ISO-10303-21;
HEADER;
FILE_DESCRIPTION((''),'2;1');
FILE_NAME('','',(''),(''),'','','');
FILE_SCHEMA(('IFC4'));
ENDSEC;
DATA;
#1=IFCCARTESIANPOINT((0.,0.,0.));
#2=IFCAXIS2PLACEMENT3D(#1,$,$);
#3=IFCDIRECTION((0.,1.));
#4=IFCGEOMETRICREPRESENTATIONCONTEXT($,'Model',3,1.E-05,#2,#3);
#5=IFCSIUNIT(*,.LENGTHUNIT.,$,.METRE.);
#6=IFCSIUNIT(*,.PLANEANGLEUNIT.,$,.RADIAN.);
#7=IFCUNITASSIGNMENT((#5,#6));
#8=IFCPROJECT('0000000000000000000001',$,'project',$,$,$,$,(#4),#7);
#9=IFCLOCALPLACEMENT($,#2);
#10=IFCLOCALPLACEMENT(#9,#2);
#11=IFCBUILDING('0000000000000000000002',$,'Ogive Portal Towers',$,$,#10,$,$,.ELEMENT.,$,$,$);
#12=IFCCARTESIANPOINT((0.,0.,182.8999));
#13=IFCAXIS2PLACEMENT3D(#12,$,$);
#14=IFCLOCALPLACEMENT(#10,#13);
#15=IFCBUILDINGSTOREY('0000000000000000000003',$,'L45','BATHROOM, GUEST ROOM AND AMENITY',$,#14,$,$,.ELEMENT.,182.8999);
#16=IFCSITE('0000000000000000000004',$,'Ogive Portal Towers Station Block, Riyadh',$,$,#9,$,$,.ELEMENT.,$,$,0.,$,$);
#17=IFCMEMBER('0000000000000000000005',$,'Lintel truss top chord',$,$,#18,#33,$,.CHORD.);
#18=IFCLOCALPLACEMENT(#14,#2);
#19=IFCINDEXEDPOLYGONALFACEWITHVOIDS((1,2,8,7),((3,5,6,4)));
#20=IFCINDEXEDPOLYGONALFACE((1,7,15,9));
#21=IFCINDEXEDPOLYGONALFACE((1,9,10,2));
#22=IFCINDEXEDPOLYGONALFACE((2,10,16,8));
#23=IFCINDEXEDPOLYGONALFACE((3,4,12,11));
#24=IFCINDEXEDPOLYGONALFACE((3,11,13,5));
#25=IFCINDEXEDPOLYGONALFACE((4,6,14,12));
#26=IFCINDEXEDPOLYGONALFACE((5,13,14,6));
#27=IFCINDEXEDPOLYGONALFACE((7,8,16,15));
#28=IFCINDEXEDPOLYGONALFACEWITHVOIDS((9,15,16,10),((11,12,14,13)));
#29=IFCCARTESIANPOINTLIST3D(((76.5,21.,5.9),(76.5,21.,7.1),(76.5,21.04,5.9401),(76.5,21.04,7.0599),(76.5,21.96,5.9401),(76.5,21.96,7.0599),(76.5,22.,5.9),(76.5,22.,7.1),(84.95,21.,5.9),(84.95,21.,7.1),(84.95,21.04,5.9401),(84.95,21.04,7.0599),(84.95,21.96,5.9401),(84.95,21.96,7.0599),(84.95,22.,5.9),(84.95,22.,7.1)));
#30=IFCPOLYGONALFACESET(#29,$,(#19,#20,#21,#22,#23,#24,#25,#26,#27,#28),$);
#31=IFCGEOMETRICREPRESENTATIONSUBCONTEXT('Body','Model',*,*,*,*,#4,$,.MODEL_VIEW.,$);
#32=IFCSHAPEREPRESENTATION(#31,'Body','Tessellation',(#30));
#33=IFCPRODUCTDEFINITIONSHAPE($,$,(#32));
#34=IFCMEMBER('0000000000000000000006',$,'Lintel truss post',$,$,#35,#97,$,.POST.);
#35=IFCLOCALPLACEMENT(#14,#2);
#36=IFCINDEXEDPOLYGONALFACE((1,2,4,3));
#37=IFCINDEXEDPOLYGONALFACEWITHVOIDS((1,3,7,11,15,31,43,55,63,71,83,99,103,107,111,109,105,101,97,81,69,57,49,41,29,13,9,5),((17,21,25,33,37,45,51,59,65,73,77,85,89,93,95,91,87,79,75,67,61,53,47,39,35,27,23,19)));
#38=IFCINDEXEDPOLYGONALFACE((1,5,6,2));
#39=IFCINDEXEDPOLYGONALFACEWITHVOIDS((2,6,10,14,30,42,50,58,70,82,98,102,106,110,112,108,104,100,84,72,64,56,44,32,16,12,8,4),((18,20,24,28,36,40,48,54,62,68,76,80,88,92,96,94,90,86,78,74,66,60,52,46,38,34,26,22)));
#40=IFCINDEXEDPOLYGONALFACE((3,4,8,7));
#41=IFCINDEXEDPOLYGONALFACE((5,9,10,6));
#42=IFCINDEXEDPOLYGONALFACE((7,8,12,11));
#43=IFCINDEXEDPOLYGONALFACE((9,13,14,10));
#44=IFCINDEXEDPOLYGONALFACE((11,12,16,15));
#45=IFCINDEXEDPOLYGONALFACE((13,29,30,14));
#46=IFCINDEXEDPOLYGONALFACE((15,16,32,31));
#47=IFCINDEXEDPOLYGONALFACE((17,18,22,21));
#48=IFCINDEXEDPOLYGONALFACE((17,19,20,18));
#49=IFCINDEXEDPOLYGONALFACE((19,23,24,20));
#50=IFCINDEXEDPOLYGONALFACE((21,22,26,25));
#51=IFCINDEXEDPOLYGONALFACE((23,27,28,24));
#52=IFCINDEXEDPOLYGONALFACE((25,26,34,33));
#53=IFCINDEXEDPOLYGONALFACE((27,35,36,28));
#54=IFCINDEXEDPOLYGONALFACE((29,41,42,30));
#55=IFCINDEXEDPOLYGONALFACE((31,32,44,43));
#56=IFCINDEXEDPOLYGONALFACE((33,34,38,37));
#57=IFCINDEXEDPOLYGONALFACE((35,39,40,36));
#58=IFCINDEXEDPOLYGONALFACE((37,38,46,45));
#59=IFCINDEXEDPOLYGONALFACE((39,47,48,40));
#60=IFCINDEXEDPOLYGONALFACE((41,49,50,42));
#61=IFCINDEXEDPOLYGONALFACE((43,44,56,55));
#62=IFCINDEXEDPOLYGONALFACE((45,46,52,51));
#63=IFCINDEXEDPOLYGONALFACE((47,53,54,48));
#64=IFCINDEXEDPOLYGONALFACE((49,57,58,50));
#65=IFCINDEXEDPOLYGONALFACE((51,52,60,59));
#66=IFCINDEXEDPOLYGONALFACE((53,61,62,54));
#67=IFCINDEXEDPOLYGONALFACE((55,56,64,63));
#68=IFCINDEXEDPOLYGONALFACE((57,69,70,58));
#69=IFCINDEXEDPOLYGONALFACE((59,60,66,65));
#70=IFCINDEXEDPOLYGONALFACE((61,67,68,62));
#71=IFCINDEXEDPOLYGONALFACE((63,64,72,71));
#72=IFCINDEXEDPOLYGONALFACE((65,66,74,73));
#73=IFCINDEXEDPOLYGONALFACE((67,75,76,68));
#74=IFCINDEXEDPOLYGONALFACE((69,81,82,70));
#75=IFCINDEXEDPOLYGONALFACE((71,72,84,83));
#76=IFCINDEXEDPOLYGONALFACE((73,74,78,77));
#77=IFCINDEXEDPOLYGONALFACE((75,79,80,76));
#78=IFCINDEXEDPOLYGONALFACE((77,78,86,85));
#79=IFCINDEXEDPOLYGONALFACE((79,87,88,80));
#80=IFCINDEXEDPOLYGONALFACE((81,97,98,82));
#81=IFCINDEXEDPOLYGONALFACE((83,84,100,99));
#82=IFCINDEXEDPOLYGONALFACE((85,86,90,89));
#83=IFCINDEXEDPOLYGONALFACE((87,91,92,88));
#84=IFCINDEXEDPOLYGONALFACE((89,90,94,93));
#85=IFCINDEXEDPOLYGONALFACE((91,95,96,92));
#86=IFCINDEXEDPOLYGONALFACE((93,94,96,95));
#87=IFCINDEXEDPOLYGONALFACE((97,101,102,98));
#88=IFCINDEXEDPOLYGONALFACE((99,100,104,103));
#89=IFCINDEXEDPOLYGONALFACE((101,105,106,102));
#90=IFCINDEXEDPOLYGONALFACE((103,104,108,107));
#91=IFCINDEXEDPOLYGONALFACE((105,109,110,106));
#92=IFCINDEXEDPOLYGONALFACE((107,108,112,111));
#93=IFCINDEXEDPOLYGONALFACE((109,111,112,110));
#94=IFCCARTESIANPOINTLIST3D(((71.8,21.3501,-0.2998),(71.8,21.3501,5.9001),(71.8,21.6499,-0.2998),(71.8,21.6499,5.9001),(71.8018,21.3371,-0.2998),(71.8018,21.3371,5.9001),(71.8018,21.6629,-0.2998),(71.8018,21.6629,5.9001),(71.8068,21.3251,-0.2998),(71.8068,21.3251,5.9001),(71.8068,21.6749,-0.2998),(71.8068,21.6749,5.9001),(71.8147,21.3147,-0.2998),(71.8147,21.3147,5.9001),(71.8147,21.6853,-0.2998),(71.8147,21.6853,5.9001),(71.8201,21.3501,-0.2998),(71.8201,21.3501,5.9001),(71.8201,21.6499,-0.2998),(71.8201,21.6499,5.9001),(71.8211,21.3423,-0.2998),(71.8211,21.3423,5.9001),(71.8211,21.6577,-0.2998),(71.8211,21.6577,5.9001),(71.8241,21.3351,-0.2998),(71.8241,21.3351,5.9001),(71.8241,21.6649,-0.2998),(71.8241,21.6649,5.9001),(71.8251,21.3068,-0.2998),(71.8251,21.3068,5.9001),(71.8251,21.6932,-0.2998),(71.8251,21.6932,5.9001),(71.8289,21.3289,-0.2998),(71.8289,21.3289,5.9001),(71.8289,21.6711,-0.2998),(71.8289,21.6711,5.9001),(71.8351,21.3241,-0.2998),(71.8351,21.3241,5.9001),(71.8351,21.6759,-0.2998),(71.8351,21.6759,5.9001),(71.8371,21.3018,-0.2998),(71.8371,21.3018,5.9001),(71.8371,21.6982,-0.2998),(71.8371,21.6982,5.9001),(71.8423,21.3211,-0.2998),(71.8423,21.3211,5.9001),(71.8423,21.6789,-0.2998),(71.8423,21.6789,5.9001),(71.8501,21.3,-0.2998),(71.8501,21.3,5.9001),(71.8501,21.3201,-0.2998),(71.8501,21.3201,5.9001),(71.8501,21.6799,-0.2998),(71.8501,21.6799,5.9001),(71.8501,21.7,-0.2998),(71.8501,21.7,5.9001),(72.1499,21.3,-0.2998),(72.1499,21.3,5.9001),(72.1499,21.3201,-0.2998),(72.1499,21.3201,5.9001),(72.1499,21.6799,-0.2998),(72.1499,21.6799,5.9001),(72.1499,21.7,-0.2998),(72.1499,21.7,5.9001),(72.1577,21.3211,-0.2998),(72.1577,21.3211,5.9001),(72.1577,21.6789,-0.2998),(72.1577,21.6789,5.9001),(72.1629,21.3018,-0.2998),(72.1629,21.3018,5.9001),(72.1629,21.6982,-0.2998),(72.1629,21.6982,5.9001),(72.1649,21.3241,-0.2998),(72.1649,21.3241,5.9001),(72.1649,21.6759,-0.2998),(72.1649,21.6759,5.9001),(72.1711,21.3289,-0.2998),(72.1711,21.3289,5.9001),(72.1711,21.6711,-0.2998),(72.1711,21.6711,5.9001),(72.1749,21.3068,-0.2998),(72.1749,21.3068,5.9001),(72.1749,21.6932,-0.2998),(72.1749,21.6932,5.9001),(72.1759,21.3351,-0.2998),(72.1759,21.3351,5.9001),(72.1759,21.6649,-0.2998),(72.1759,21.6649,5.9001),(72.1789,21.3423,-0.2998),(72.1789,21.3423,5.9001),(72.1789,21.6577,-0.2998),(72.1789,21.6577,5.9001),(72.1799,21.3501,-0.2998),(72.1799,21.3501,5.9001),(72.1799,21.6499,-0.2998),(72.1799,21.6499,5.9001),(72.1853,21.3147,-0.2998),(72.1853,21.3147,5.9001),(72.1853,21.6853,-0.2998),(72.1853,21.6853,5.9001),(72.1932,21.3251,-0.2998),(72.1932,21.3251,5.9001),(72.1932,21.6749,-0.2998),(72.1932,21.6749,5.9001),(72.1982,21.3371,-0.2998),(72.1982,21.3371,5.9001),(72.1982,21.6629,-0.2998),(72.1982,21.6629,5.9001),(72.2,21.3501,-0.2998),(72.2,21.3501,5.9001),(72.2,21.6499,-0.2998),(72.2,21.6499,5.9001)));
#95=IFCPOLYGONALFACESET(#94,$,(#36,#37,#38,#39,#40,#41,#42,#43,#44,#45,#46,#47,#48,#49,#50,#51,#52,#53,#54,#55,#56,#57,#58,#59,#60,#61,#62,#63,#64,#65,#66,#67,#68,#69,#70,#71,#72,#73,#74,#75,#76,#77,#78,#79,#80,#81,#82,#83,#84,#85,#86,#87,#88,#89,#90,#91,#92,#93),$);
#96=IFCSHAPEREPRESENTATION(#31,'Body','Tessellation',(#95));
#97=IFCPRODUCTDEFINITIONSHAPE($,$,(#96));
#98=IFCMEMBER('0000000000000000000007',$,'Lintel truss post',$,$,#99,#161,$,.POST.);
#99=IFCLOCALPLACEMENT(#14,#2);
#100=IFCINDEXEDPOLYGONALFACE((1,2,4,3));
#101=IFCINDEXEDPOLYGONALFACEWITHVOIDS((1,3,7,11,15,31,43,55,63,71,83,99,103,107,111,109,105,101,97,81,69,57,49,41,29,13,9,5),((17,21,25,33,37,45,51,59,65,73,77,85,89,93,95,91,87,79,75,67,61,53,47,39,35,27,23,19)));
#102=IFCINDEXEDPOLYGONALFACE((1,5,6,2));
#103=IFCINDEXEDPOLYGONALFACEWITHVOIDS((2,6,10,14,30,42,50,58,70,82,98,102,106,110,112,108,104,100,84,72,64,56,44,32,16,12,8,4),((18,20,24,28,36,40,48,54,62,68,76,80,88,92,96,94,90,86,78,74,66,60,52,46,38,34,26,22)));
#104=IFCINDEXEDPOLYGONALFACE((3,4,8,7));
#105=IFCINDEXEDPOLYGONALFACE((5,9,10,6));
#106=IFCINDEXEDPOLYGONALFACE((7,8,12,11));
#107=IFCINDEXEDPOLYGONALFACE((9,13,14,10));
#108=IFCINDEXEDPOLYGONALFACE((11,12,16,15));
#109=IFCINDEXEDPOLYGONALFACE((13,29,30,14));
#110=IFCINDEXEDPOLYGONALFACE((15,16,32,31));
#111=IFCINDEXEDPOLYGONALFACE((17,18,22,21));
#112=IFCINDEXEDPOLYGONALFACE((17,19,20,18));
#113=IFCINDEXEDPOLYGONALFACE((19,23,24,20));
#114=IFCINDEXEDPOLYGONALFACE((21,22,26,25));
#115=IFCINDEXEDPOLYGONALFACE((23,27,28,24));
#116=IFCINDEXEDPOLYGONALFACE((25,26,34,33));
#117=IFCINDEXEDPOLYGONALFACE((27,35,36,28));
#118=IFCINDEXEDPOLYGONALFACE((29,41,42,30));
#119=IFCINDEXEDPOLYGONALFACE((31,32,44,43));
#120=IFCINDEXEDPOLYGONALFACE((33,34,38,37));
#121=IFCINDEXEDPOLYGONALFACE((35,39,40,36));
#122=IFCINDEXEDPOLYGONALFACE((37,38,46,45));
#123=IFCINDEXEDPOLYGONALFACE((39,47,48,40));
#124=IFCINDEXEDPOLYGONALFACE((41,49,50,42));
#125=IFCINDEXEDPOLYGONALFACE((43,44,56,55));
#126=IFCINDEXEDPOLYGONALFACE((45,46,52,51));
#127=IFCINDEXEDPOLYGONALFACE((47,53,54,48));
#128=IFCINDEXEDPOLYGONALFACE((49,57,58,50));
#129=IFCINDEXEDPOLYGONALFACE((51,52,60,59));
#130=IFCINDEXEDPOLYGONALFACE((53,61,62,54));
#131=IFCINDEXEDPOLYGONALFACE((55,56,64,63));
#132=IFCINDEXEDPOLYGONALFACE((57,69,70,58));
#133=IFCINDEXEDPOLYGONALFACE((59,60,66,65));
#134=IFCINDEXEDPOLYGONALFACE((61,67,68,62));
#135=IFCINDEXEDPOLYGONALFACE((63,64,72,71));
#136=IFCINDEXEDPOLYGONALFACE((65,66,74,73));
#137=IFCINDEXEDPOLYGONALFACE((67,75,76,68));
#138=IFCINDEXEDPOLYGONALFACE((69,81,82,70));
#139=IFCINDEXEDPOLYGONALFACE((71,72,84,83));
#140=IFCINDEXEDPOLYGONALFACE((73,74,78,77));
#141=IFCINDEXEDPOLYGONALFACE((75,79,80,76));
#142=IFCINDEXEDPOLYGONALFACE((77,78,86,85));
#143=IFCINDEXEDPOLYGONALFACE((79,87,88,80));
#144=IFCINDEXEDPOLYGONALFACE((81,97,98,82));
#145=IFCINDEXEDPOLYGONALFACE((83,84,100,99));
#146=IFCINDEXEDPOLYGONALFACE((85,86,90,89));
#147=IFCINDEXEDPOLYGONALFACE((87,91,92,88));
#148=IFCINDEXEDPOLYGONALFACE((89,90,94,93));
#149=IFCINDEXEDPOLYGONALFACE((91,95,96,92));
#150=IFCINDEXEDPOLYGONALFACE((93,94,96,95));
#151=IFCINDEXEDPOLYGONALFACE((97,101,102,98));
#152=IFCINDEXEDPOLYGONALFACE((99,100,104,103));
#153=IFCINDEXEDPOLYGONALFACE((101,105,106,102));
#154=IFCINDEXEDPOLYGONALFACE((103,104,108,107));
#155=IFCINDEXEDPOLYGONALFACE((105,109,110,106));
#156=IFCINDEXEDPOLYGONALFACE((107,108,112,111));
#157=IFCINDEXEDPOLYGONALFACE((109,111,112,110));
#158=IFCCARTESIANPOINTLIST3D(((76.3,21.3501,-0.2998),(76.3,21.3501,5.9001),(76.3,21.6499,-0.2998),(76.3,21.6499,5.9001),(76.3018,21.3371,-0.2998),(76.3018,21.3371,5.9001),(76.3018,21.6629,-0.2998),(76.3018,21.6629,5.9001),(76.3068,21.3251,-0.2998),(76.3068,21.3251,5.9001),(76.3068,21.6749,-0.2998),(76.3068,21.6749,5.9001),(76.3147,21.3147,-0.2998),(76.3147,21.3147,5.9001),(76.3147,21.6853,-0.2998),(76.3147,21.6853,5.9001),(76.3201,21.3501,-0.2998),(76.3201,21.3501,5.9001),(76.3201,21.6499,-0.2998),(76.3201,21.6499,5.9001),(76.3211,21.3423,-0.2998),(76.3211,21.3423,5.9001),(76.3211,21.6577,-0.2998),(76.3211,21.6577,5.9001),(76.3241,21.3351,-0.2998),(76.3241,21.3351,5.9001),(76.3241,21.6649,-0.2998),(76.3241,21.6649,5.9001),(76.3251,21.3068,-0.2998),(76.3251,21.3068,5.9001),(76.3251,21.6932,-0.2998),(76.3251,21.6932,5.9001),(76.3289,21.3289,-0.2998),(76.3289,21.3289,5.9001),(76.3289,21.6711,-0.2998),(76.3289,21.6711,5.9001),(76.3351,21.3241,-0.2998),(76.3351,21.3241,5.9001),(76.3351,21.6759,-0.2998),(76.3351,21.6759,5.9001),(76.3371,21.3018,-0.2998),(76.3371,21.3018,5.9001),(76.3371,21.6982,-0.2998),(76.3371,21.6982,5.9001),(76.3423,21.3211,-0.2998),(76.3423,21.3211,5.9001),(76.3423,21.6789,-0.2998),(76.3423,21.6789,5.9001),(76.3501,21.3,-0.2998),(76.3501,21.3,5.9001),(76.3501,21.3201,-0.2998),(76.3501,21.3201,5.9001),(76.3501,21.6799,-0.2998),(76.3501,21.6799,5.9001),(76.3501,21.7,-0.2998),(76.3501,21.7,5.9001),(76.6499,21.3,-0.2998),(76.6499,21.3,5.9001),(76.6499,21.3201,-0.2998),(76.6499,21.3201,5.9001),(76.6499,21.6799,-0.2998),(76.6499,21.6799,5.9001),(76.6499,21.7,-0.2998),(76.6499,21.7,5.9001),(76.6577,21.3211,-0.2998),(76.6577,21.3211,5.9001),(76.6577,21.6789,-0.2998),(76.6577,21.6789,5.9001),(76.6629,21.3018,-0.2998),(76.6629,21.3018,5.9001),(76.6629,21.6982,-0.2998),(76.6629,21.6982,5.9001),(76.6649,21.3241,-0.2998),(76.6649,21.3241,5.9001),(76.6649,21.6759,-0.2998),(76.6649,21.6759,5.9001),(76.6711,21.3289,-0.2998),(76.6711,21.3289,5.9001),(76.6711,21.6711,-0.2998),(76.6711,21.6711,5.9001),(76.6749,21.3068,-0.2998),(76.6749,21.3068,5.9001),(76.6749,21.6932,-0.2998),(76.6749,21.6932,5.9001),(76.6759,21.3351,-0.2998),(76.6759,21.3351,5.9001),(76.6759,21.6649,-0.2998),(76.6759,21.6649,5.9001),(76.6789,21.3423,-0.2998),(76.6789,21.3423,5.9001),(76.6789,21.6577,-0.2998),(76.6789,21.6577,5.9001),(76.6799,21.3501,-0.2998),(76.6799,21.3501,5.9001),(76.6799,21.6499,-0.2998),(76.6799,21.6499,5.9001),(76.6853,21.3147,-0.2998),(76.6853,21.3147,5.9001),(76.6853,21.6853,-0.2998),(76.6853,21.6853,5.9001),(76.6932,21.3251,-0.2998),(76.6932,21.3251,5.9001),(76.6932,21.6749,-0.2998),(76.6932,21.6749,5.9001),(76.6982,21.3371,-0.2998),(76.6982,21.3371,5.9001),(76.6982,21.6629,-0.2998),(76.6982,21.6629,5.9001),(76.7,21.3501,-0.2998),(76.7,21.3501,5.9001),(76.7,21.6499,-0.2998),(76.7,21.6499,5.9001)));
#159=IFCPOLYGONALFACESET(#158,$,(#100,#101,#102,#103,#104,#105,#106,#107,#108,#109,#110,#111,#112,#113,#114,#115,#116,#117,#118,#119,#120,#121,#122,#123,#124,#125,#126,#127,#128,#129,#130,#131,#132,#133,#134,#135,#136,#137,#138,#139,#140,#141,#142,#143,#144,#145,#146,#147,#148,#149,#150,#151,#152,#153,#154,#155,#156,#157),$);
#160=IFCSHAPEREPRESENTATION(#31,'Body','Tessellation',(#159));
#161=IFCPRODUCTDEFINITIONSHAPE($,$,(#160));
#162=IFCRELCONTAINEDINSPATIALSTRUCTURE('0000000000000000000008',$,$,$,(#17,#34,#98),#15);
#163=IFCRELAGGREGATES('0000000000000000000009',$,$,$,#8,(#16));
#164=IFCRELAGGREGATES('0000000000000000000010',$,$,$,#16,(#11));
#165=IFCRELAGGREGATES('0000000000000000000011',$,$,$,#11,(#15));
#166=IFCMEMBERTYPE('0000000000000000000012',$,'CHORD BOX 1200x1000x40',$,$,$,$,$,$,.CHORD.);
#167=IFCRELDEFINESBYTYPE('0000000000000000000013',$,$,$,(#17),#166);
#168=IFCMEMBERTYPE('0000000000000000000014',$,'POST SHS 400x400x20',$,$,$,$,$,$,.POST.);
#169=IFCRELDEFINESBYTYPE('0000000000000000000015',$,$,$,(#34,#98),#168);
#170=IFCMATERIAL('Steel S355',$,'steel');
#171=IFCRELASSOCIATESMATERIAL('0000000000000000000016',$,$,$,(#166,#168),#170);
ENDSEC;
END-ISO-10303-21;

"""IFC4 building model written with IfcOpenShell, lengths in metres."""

from ifc_helpers import new_model, si_unit, direction, frame, origin, origin_2d, place, context, subcontext, project, spatial, hollow_rectangle, extrude, material, material_profile, profile_set, type_object, element, save


model = new_model("IFC4")

# Units and contexts
model_context = context("Model", 3, precision=1e-05, world=origin(), true_north=direction((0.0, 1.0)))
body_context = subcontext(model_context, "Body", "Model", "MODEL_VIEW")
ifc_project = project(units=[si_unit("LENGTHUNIT", "METRE"), si_unit("PLANEANGLEUNIT", "RADIAN")], contexts=[model_context])

# Site, building, storey
site_placement = place(None, origin())
site = spatial("IfcSite", under=ifc_project, at=site_placement, Name="Ogive Portal Towers Station Block, Riyadh", CompositionType="ELEMENT", RefElevation=0.0)
building_placement = place(site_placement, origin())
building = spatial("IfcBuilding", under=site, at=building_placement, Name="Ogive Portal Towers", CompositionType="ELEMENT")
storey_placement = place(building_placement, frame((0.0, 0.0, 182.8999)))
storey = spatial("IfcBuildingStorey", under=building, at=storey_placement, Name="L45", Description="BATHROOM, GUEST ROOM AND AMENITY", CompositionType="ELEMENT", Elevation=182.8999)

# Members
ifc_material_1 = material(Name="Steel S355", Category="steel")
ifc_material_profile_1 = material_profile(ifc_material_1, hollow_rectangle(XDim=1.0, YDim=1.2, WallThickness=0.04, at=origin_2d()), Name="BOX 1200x1000x40")
ifc_profile_set_1 = profile_set([ifc_material_profile_1], Name="Steel S355")
member_type_1 = type_object("IfcMemberType", Name="CHORD BOX 1200x1000x40", PredefinedType="CHORD", material=ifc_profile_set_1)
member_1_placement = place(storey_placement, frame((76.5, 21.5, 6.5), z_axis=(1.0, 0.0, 0.0), x_axis=(0.0, 1.0, 0.0)))
element("IfcMember", 1, at=member_1_placement, inside=storey, type_object=member_type_1, Name="Lintel truss top chord", PredefinedType="CHORD", context=body_context, shape_type="SweptSolid", body=[
    extrude(hollow_rectangle(XDim=1.0, YDim=1.2, WallThickness=0.04, at=origin_2d()), origin(), (0.0, 0.0, 1.0), 8.45),
])
ifc_material_profile_2 = material_profile(ifc_material_1, hollow_rectangle(XDim=0.3999, YDim=0.3999, WallThickness=0.02, InnerFilletRadius=0.03, OuterFilletRadius=0.05, at=origin_2d()), Name="SHS 400x400x20")
ifc_profile_set_2 = profile_set([ifc_material_profile_2], Name="Steel S355")
member_type_2 = type_object("IfcMemberType", Name="POST SHS 400x400x20", PredefinedType="POST", material=ifc_profile_set_2)
for number, where, z_axis, x_axis, name in (
    (2, (72.0, 21.5, -0.2998), (0.0, 0.0, 1.0), (1.0, 0.0, 0.0), "Lintel truss post"),
    (3, (76.5, 21.5, -0.2998), (0.0, 0.0, 1.0), (1.0, 0.0, 0.0), "Lintel truss post"),
):
    element("IfcMember", number, at=place(storey_placement, frame(where, z_axis=z_axis, x_axis=x_axis)), inside=storey, type_object=member_type_2, Name=name, PredefinedType="POST", context=body_context, shape_type="SweptSolid", body=[
        extrude(hollow_rectangle(XDim=0.3999, YDim=0.3999, WallThickness=0.02, InnerFilletRadius=0.03, OuterFilletRadius=0.05, at=origin_2d()), origin(), (0.0, 0.0, 1.0), 6.2),
    ])

save(model, "model.ifc")
